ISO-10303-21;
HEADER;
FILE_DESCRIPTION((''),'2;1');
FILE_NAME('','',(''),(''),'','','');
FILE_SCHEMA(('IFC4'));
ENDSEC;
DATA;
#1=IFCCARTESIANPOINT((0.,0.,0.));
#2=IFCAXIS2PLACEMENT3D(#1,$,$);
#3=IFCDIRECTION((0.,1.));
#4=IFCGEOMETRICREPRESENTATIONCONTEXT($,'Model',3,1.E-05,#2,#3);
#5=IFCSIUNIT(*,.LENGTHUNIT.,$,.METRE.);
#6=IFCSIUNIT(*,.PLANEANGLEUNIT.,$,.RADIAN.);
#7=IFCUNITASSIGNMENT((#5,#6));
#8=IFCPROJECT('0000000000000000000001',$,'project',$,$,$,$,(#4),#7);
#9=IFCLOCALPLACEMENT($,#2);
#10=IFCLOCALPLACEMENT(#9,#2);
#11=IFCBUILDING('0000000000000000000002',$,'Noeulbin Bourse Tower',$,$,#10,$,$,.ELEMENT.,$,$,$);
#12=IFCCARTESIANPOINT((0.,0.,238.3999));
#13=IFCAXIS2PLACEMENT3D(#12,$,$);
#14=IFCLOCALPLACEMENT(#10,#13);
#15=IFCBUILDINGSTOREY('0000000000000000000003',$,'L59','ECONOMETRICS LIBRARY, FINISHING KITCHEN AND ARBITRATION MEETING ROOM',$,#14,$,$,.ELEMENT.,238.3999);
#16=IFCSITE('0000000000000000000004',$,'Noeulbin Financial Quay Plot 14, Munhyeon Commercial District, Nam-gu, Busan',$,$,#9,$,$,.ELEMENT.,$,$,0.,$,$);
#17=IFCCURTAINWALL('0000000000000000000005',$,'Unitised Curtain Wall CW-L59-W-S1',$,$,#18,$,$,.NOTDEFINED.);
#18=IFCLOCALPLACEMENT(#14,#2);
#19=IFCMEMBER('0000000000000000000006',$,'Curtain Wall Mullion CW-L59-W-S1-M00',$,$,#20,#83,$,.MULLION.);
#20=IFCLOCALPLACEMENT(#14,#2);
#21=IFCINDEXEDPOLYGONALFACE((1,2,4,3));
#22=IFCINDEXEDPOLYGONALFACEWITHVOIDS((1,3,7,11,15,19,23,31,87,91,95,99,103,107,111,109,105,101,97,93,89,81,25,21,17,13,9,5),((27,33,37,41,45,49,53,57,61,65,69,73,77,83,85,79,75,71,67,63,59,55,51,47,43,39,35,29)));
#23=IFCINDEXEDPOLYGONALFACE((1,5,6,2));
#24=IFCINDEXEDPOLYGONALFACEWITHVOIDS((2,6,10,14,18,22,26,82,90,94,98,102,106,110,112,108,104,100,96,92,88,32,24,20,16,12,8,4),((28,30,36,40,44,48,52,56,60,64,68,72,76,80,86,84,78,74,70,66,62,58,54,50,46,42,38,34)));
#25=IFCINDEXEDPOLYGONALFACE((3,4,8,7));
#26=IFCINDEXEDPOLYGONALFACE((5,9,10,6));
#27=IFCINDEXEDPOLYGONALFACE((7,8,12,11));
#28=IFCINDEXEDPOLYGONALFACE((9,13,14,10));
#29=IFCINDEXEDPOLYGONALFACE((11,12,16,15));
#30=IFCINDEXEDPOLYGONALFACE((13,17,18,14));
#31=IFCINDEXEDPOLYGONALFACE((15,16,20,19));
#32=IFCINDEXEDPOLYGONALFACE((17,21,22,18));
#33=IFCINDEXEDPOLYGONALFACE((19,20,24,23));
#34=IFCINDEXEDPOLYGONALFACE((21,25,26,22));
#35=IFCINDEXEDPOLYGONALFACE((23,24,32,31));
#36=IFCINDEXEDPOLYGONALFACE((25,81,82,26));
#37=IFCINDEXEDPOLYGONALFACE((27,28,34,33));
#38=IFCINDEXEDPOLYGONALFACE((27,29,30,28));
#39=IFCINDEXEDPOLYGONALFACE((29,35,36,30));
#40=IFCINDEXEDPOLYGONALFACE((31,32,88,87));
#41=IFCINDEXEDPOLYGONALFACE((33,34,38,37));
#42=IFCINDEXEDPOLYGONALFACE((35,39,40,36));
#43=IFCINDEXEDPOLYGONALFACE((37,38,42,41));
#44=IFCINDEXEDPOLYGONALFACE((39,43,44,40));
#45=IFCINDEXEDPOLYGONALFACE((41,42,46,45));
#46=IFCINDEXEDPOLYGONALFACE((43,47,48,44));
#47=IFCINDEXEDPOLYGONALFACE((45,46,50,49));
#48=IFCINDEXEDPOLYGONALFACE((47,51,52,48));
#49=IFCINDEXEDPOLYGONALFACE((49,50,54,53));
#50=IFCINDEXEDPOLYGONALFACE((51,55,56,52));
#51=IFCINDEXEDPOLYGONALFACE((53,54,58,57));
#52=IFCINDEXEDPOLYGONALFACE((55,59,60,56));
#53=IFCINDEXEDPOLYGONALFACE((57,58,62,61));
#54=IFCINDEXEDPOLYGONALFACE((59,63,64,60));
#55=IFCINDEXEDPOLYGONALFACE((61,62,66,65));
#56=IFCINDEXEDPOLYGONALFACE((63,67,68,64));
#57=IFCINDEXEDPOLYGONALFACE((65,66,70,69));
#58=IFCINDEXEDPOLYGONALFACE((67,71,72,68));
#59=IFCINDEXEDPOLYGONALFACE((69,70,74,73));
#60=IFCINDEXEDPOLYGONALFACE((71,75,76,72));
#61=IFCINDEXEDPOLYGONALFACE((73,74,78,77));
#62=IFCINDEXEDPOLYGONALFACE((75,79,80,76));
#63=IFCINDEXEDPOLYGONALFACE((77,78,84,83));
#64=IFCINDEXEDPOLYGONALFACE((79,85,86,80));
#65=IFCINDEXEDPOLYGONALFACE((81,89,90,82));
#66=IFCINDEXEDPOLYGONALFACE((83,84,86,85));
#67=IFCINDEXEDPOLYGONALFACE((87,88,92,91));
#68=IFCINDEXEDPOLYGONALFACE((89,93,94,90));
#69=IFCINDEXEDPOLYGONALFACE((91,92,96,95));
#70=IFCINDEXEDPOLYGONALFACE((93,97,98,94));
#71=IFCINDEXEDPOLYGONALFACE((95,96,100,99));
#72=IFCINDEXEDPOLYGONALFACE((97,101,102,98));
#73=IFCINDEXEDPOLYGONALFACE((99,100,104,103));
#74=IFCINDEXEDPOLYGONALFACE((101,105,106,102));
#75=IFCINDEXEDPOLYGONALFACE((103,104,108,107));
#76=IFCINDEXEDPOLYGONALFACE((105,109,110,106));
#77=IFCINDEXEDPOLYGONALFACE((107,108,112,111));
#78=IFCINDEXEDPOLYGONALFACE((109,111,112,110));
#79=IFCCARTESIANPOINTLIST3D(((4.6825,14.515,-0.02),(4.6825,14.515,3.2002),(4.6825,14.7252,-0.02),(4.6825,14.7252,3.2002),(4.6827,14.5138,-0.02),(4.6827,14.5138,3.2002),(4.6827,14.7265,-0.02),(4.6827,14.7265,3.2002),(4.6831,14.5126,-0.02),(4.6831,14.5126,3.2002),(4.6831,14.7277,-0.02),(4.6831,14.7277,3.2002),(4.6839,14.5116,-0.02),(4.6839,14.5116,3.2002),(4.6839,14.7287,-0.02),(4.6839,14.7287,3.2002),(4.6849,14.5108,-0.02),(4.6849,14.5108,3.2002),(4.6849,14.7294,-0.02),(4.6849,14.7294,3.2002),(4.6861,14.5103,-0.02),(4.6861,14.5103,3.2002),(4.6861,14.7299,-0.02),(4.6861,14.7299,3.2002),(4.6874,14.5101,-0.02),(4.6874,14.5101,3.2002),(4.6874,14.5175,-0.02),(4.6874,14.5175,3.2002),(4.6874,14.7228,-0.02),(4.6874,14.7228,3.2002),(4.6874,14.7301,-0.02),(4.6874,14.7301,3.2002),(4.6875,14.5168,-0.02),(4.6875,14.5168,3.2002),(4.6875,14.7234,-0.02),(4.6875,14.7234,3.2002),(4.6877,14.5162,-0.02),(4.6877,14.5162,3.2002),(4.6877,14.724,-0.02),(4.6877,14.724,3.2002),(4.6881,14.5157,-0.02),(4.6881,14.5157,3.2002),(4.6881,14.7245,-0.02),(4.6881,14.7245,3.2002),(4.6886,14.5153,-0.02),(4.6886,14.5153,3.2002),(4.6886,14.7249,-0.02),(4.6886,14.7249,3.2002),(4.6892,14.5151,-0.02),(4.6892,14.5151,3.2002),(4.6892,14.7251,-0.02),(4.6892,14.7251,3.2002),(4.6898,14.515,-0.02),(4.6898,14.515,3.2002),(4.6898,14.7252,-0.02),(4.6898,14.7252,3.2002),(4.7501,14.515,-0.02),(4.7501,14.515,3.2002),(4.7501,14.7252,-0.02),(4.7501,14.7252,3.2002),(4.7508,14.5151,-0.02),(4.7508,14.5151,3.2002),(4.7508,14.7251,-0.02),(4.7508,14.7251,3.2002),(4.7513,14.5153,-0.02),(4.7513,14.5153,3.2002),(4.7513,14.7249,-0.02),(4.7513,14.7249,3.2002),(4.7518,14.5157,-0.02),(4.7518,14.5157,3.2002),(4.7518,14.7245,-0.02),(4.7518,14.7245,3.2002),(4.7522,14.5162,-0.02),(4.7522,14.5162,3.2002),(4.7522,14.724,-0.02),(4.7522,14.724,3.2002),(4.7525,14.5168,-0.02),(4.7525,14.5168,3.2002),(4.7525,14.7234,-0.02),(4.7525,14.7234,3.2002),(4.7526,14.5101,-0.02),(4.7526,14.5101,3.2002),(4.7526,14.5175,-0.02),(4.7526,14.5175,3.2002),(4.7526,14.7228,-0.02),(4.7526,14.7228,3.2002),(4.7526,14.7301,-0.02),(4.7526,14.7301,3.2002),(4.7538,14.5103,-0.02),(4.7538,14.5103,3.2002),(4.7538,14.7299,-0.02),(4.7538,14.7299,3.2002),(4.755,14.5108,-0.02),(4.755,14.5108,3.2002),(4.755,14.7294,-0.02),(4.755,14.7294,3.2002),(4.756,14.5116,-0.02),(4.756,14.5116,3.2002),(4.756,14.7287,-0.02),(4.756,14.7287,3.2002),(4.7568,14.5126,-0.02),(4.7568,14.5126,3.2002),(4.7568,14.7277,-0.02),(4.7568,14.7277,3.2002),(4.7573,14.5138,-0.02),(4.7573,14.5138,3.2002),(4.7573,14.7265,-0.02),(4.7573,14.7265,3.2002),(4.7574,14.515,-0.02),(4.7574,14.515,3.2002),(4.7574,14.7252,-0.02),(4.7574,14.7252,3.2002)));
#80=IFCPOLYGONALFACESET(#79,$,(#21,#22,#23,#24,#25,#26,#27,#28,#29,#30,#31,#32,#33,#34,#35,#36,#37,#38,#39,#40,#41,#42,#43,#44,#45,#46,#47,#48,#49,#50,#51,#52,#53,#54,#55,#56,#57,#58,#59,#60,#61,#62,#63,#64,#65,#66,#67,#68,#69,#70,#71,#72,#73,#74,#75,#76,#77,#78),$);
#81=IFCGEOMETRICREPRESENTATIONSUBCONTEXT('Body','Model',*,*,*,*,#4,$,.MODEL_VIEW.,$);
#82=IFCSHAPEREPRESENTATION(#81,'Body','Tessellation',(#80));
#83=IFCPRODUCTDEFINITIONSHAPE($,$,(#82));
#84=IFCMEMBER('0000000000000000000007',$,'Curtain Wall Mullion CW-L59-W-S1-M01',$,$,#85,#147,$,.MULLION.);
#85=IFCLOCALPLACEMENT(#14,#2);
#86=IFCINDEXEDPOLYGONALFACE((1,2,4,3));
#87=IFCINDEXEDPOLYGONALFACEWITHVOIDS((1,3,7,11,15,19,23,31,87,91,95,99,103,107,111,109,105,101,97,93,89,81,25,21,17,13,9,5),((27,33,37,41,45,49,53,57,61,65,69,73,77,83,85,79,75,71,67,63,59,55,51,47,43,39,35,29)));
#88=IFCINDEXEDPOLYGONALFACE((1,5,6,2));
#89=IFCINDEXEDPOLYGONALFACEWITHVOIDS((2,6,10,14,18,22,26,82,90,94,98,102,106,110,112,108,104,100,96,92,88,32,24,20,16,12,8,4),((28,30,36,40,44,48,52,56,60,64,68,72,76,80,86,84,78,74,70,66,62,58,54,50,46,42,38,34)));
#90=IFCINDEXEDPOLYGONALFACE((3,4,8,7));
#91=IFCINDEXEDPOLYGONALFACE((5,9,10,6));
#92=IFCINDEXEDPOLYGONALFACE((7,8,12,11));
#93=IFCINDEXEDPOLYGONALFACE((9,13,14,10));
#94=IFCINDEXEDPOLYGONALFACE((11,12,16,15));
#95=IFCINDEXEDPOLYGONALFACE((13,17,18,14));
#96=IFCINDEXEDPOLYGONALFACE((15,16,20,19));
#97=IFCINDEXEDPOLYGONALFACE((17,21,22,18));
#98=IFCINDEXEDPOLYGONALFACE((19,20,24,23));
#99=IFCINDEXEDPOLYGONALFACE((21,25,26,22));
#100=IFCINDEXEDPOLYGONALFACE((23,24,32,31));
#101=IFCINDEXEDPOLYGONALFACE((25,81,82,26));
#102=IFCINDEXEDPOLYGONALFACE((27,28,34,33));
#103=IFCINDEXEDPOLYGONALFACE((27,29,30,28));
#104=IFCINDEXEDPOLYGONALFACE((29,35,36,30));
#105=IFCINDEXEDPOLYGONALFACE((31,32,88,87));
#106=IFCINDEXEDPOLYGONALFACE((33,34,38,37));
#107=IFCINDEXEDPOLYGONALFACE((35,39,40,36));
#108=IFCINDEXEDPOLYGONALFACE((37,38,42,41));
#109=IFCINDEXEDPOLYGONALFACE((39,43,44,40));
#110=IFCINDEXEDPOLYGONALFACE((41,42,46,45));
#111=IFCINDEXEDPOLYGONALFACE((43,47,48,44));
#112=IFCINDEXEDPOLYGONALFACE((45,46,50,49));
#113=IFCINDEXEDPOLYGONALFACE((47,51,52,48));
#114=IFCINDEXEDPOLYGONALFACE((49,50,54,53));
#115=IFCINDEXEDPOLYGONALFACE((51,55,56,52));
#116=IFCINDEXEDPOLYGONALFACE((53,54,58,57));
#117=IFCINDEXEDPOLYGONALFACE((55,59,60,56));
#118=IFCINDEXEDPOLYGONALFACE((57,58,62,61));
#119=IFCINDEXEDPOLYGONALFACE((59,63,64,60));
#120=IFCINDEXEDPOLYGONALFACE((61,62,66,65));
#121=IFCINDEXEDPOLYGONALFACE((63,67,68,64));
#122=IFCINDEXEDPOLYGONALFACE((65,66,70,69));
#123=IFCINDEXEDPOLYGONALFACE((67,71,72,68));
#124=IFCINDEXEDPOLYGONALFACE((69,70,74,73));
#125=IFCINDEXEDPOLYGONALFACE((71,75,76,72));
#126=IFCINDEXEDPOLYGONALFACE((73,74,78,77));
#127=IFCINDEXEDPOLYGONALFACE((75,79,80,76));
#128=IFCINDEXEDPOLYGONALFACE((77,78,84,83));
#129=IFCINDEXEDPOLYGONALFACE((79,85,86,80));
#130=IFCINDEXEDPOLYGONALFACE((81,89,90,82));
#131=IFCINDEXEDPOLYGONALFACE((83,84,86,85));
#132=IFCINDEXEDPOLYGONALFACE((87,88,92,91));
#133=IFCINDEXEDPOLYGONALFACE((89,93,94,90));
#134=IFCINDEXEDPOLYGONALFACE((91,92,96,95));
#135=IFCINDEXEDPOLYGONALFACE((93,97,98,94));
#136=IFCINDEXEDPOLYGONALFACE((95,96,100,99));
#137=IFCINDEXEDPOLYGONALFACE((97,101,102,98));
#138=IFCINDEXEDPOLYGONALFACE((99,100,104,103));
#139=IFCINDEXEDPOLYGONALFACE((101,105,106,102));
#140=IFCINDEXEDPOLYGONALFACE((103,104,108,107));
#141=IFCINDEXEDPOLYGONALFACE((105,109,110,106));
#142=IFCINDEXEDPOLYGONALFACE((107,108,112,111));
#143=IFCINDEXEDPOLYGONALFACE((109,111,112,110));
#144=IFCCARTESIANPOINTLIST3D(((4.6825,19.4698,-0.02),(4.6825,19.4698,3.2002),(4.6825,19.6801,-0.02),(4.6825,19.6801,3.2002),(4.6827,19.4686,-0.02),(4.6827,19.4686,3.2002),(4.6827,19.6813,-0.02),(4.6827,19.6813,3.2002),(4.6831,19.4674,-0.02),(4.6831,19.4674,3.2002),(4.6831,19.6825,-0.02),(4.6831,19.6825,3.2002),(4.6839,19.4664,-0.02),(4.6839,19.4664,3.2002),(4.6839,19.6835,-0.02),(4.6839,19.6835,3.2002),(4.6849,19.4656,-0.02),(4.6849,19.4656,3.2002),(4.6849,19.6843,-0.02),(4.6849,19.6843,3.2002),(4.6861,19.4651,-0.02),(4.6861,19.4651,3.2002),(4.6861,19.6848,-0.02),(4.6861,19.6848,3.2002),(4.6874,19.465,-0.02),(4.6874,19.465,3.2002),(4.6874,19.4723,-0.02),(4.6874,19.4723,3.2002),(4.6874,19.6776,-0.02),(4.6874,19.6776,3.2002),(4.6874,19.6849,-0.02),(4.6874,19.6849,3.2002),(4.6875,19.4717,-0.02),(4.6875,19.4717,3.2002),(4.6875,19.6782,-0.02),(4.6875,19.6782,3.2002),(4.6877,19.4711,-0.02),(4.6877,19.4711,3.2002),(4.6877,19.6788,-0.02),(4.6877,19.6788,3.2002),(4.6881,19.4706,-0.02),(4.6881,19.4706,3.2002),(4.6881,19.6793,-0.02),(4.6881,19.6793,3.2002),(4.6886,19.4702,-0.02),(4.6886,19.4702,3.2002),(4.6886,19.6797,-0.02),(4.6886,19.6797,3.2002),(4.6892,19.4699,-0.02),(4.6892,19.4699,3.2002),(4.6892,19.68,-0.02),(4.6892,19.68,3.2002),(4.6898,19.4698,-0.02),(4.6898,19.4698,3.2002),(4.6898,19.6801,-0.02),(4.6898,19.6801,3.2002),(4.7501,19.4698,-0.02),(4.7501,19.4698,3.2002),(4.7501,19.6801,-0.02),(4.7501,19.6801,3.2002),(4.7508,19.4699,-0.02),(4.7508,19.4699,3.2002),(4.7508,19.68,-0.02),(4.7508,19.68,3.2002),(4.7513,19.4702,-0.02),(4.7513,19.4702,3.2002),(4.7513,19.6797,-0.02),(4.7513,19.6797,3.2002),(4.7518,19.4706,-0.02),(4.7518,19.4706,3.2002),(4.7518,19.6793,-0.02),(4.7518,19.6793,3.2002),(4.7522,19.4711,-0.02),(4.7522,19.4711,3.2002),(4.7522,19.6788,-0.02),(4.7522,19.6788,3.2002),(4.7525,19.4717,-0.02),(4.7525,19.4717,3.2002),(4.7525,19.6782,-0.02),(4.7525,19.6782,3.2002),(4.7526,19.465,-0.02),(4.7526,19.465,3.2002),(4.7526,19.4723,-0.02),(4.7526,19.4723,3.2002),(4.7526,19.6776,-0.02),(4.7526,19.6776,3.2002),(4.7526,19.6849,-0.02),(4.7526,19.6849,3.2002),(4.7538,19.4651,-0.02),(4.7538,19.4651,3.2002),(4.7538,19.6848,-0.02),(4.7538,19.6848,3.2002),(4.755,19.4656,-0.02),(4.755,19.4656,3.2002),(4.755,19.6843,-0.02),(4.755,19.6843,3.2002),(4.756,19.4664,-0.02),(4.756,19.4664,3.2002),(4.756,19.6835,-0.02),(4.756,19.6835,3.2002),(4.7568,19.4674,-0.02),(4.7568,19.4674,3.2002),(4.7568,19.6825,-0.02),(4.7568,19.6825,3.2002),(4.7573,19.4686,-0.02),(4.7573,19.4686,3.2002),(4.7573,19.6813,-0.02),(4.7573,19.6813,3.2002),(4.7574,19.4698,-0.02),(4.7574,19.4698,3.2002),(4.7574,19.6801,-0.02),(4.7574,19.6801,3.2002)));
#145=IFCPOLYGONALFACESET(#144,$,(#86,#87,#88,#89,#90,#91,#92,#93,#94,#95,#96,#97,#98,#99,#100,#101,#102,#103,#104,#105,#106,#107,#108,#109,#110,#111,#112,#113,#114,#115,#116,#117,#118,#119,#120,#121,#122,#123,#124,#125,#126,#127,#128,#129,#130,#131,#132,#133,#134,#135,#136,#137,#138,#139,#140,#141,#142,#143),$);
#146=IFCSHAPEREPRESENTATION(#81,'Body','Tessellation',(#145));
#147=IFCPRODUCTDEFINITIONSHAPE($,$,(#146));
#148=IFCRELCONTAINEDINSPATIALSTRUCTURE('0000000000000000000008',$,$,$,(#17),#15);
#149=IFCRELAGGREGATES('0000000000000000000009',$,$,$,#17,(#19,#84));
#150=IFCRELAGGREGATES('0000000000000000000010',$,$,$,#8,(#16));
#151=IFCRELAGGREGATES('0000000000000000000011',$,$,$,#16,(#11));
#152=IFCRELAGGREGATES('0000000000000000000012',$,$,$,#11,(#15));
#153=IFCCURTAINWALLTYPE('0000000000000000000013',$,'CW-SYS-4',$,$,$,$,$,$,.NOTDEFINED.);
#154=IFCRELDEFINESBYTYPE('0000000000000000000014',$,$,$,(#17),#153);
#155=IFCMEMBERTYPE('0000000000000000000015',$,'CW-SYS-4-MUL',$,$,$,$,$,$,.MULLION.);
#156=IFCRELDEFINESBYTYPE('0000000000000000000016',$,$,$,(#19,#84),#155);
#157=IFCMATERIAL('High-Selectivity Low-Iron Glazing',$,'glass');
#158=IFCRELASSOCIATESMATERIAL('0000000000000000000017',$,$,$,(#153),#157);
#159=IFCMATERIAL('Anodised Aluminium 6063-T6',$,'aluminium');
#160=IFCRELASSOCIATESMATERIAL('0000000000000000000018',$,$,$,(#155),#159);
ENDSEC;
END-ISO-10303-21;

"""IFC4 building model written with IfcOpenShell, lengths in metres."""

from ifc_helpers import new_model, si_unit, direction, frame, origin, origin_2d, place, context, subcontext, project, spatial, hollow_rectangle, extrude, material, material_profile, profile_set, type_object, element, aggregate, save


model = new_model("IFC4")

# Units and contexts
model_context = context("Model", 3, precision=1e-05, world=origin(), true_north=direction((0.0, 1.0)))
body_context = subcontext(model_context, "Body", "Model", "MODEL_VIEW")
ifc_project = project(units=[si_unit("LENGTHUNIT", "METRE"), si_unit("PLANEANGLEUNIT", "RADIAN")], contexts=[model_context])

# Site, building, storey
site_placement = place(None, origin())
site = spatial("IfcSite", under=ifc_project, at=site_placement, Name="Noeulbin Financial Quay Plot 14, Munhyeon Commercial District, Nam-gu, Busan", CompositionType="ELEMENT", RefElevation=0.0)
building_placement = place(site_placement, origin())
building = spatial("IfcBuilding", under=site, at=building_placement, Name="Noeulbin Bourse Tower", CompositionType="ELEMENT")
storey_placement = place(building_placement, frame((0.0, 0.0, 238.3999)))
storey = spatial("IfcBuildingStorey", under=building, at=storey_placement, Name="L59", Description="ECONOMETRICS LIBRARY, FINISHING KITCHEN AND ARBITRATION MEETING ROOM", CompositionType="ELEMENT", Elevation=238.3999)

# Curtain wall, members
ifc_material_1 = material(Name="High-Selectivity Low-Iron Glazing", Category="glass")
curtain_wall_type = type_object("IfcCurtainWallType", Name="CW-SYS-4", PredefinedType="NOTDEFINED", material=ifc_material_1)
ifc_material_2 = material(Name="Anodised Aluminium 6063-T6", Category="aluminium")
ifc_material_profile_1 = material_profile(ifc_material_2, hollow_rectangle(XDim=0.075, YDim=0.22, WallThickness=0.0049, InnerFilletRadius=0.0024, OuterFilletRadius=0.0049, at=origin_2d()), Name="ALU-MULL-75x220x5", Category="LoadBearing")
ifc_profile_set_1 = profile_set([ifc_material_profile_1], Name="Anodised Aluminium 6063-T6")
member_type_1 = type_object("IfcMemberType", Name="CW-SYS-4-MUL", PredefinedType="MULLION", material=ifc_profile_set_1)
curtain_wall_1_placement = place(storey_placement, origin())
curtain_wall_1 = element("IfcCurtainWall", 1, at=curtain_wall_1_placement, inside=storey, type_object=curtain_wall_type, Name="Unitised Curtain Wall CW-L59-W-S1", PredefinedType="NOTDEFINED")
member_1_placement = place(storey_placement, frame((4.72, 14.6201, -0.02), z_axis=(0.0, 0.0, 1.0), x_axis=(1.0, 0.0, 0.0)))
member_1 = element("IfcMember", 2, at=member_1_placement, type_object=member_type_1, Name="Curtain Wall Mullion CW-L59-W-S1-M00", PredefinedType="MULLION", context=body_context, shape_type="SweptSolid", body=[
    extrude(hollow_rectangle(XDim=0.075, YDim=0.22, WallThickness=0.0049, InnerFilletRadius=0.0024, OuterFilletRadius=0.0049, at=origin_2d()), origin(), (0.0, 0.0, 1.0), 3.2202),
])
member_2_placement = place(storey_placement, frame((4.72, 19.575, -0.02), z_axis=(0.0, 0.0, 1.0), x_axis=(1.0, 0.0, 0.0)))
member_2 = element("IfcMember", 3, at=member_2_placement, type_object=member_type_1, Name="Curtain Wall Mullion CW-L59-W-S1-M01", PredefinedType="MULLION", context=body_context, shape_type="SweptSolid", body=[
    extrude(hollow_rectangle(XDim=0.075, YDim=0.22, WallThickness=0.0049, InnerFilletRadius=0.0024, OuterFilletRadius=0.0049, at=origin_2d()), origin(), (0.0, 0.0, 1.0), 3.2202),
])

aggregate(curtain_wall_1, [member_1, member_2])

save(model, "model.ifc")
